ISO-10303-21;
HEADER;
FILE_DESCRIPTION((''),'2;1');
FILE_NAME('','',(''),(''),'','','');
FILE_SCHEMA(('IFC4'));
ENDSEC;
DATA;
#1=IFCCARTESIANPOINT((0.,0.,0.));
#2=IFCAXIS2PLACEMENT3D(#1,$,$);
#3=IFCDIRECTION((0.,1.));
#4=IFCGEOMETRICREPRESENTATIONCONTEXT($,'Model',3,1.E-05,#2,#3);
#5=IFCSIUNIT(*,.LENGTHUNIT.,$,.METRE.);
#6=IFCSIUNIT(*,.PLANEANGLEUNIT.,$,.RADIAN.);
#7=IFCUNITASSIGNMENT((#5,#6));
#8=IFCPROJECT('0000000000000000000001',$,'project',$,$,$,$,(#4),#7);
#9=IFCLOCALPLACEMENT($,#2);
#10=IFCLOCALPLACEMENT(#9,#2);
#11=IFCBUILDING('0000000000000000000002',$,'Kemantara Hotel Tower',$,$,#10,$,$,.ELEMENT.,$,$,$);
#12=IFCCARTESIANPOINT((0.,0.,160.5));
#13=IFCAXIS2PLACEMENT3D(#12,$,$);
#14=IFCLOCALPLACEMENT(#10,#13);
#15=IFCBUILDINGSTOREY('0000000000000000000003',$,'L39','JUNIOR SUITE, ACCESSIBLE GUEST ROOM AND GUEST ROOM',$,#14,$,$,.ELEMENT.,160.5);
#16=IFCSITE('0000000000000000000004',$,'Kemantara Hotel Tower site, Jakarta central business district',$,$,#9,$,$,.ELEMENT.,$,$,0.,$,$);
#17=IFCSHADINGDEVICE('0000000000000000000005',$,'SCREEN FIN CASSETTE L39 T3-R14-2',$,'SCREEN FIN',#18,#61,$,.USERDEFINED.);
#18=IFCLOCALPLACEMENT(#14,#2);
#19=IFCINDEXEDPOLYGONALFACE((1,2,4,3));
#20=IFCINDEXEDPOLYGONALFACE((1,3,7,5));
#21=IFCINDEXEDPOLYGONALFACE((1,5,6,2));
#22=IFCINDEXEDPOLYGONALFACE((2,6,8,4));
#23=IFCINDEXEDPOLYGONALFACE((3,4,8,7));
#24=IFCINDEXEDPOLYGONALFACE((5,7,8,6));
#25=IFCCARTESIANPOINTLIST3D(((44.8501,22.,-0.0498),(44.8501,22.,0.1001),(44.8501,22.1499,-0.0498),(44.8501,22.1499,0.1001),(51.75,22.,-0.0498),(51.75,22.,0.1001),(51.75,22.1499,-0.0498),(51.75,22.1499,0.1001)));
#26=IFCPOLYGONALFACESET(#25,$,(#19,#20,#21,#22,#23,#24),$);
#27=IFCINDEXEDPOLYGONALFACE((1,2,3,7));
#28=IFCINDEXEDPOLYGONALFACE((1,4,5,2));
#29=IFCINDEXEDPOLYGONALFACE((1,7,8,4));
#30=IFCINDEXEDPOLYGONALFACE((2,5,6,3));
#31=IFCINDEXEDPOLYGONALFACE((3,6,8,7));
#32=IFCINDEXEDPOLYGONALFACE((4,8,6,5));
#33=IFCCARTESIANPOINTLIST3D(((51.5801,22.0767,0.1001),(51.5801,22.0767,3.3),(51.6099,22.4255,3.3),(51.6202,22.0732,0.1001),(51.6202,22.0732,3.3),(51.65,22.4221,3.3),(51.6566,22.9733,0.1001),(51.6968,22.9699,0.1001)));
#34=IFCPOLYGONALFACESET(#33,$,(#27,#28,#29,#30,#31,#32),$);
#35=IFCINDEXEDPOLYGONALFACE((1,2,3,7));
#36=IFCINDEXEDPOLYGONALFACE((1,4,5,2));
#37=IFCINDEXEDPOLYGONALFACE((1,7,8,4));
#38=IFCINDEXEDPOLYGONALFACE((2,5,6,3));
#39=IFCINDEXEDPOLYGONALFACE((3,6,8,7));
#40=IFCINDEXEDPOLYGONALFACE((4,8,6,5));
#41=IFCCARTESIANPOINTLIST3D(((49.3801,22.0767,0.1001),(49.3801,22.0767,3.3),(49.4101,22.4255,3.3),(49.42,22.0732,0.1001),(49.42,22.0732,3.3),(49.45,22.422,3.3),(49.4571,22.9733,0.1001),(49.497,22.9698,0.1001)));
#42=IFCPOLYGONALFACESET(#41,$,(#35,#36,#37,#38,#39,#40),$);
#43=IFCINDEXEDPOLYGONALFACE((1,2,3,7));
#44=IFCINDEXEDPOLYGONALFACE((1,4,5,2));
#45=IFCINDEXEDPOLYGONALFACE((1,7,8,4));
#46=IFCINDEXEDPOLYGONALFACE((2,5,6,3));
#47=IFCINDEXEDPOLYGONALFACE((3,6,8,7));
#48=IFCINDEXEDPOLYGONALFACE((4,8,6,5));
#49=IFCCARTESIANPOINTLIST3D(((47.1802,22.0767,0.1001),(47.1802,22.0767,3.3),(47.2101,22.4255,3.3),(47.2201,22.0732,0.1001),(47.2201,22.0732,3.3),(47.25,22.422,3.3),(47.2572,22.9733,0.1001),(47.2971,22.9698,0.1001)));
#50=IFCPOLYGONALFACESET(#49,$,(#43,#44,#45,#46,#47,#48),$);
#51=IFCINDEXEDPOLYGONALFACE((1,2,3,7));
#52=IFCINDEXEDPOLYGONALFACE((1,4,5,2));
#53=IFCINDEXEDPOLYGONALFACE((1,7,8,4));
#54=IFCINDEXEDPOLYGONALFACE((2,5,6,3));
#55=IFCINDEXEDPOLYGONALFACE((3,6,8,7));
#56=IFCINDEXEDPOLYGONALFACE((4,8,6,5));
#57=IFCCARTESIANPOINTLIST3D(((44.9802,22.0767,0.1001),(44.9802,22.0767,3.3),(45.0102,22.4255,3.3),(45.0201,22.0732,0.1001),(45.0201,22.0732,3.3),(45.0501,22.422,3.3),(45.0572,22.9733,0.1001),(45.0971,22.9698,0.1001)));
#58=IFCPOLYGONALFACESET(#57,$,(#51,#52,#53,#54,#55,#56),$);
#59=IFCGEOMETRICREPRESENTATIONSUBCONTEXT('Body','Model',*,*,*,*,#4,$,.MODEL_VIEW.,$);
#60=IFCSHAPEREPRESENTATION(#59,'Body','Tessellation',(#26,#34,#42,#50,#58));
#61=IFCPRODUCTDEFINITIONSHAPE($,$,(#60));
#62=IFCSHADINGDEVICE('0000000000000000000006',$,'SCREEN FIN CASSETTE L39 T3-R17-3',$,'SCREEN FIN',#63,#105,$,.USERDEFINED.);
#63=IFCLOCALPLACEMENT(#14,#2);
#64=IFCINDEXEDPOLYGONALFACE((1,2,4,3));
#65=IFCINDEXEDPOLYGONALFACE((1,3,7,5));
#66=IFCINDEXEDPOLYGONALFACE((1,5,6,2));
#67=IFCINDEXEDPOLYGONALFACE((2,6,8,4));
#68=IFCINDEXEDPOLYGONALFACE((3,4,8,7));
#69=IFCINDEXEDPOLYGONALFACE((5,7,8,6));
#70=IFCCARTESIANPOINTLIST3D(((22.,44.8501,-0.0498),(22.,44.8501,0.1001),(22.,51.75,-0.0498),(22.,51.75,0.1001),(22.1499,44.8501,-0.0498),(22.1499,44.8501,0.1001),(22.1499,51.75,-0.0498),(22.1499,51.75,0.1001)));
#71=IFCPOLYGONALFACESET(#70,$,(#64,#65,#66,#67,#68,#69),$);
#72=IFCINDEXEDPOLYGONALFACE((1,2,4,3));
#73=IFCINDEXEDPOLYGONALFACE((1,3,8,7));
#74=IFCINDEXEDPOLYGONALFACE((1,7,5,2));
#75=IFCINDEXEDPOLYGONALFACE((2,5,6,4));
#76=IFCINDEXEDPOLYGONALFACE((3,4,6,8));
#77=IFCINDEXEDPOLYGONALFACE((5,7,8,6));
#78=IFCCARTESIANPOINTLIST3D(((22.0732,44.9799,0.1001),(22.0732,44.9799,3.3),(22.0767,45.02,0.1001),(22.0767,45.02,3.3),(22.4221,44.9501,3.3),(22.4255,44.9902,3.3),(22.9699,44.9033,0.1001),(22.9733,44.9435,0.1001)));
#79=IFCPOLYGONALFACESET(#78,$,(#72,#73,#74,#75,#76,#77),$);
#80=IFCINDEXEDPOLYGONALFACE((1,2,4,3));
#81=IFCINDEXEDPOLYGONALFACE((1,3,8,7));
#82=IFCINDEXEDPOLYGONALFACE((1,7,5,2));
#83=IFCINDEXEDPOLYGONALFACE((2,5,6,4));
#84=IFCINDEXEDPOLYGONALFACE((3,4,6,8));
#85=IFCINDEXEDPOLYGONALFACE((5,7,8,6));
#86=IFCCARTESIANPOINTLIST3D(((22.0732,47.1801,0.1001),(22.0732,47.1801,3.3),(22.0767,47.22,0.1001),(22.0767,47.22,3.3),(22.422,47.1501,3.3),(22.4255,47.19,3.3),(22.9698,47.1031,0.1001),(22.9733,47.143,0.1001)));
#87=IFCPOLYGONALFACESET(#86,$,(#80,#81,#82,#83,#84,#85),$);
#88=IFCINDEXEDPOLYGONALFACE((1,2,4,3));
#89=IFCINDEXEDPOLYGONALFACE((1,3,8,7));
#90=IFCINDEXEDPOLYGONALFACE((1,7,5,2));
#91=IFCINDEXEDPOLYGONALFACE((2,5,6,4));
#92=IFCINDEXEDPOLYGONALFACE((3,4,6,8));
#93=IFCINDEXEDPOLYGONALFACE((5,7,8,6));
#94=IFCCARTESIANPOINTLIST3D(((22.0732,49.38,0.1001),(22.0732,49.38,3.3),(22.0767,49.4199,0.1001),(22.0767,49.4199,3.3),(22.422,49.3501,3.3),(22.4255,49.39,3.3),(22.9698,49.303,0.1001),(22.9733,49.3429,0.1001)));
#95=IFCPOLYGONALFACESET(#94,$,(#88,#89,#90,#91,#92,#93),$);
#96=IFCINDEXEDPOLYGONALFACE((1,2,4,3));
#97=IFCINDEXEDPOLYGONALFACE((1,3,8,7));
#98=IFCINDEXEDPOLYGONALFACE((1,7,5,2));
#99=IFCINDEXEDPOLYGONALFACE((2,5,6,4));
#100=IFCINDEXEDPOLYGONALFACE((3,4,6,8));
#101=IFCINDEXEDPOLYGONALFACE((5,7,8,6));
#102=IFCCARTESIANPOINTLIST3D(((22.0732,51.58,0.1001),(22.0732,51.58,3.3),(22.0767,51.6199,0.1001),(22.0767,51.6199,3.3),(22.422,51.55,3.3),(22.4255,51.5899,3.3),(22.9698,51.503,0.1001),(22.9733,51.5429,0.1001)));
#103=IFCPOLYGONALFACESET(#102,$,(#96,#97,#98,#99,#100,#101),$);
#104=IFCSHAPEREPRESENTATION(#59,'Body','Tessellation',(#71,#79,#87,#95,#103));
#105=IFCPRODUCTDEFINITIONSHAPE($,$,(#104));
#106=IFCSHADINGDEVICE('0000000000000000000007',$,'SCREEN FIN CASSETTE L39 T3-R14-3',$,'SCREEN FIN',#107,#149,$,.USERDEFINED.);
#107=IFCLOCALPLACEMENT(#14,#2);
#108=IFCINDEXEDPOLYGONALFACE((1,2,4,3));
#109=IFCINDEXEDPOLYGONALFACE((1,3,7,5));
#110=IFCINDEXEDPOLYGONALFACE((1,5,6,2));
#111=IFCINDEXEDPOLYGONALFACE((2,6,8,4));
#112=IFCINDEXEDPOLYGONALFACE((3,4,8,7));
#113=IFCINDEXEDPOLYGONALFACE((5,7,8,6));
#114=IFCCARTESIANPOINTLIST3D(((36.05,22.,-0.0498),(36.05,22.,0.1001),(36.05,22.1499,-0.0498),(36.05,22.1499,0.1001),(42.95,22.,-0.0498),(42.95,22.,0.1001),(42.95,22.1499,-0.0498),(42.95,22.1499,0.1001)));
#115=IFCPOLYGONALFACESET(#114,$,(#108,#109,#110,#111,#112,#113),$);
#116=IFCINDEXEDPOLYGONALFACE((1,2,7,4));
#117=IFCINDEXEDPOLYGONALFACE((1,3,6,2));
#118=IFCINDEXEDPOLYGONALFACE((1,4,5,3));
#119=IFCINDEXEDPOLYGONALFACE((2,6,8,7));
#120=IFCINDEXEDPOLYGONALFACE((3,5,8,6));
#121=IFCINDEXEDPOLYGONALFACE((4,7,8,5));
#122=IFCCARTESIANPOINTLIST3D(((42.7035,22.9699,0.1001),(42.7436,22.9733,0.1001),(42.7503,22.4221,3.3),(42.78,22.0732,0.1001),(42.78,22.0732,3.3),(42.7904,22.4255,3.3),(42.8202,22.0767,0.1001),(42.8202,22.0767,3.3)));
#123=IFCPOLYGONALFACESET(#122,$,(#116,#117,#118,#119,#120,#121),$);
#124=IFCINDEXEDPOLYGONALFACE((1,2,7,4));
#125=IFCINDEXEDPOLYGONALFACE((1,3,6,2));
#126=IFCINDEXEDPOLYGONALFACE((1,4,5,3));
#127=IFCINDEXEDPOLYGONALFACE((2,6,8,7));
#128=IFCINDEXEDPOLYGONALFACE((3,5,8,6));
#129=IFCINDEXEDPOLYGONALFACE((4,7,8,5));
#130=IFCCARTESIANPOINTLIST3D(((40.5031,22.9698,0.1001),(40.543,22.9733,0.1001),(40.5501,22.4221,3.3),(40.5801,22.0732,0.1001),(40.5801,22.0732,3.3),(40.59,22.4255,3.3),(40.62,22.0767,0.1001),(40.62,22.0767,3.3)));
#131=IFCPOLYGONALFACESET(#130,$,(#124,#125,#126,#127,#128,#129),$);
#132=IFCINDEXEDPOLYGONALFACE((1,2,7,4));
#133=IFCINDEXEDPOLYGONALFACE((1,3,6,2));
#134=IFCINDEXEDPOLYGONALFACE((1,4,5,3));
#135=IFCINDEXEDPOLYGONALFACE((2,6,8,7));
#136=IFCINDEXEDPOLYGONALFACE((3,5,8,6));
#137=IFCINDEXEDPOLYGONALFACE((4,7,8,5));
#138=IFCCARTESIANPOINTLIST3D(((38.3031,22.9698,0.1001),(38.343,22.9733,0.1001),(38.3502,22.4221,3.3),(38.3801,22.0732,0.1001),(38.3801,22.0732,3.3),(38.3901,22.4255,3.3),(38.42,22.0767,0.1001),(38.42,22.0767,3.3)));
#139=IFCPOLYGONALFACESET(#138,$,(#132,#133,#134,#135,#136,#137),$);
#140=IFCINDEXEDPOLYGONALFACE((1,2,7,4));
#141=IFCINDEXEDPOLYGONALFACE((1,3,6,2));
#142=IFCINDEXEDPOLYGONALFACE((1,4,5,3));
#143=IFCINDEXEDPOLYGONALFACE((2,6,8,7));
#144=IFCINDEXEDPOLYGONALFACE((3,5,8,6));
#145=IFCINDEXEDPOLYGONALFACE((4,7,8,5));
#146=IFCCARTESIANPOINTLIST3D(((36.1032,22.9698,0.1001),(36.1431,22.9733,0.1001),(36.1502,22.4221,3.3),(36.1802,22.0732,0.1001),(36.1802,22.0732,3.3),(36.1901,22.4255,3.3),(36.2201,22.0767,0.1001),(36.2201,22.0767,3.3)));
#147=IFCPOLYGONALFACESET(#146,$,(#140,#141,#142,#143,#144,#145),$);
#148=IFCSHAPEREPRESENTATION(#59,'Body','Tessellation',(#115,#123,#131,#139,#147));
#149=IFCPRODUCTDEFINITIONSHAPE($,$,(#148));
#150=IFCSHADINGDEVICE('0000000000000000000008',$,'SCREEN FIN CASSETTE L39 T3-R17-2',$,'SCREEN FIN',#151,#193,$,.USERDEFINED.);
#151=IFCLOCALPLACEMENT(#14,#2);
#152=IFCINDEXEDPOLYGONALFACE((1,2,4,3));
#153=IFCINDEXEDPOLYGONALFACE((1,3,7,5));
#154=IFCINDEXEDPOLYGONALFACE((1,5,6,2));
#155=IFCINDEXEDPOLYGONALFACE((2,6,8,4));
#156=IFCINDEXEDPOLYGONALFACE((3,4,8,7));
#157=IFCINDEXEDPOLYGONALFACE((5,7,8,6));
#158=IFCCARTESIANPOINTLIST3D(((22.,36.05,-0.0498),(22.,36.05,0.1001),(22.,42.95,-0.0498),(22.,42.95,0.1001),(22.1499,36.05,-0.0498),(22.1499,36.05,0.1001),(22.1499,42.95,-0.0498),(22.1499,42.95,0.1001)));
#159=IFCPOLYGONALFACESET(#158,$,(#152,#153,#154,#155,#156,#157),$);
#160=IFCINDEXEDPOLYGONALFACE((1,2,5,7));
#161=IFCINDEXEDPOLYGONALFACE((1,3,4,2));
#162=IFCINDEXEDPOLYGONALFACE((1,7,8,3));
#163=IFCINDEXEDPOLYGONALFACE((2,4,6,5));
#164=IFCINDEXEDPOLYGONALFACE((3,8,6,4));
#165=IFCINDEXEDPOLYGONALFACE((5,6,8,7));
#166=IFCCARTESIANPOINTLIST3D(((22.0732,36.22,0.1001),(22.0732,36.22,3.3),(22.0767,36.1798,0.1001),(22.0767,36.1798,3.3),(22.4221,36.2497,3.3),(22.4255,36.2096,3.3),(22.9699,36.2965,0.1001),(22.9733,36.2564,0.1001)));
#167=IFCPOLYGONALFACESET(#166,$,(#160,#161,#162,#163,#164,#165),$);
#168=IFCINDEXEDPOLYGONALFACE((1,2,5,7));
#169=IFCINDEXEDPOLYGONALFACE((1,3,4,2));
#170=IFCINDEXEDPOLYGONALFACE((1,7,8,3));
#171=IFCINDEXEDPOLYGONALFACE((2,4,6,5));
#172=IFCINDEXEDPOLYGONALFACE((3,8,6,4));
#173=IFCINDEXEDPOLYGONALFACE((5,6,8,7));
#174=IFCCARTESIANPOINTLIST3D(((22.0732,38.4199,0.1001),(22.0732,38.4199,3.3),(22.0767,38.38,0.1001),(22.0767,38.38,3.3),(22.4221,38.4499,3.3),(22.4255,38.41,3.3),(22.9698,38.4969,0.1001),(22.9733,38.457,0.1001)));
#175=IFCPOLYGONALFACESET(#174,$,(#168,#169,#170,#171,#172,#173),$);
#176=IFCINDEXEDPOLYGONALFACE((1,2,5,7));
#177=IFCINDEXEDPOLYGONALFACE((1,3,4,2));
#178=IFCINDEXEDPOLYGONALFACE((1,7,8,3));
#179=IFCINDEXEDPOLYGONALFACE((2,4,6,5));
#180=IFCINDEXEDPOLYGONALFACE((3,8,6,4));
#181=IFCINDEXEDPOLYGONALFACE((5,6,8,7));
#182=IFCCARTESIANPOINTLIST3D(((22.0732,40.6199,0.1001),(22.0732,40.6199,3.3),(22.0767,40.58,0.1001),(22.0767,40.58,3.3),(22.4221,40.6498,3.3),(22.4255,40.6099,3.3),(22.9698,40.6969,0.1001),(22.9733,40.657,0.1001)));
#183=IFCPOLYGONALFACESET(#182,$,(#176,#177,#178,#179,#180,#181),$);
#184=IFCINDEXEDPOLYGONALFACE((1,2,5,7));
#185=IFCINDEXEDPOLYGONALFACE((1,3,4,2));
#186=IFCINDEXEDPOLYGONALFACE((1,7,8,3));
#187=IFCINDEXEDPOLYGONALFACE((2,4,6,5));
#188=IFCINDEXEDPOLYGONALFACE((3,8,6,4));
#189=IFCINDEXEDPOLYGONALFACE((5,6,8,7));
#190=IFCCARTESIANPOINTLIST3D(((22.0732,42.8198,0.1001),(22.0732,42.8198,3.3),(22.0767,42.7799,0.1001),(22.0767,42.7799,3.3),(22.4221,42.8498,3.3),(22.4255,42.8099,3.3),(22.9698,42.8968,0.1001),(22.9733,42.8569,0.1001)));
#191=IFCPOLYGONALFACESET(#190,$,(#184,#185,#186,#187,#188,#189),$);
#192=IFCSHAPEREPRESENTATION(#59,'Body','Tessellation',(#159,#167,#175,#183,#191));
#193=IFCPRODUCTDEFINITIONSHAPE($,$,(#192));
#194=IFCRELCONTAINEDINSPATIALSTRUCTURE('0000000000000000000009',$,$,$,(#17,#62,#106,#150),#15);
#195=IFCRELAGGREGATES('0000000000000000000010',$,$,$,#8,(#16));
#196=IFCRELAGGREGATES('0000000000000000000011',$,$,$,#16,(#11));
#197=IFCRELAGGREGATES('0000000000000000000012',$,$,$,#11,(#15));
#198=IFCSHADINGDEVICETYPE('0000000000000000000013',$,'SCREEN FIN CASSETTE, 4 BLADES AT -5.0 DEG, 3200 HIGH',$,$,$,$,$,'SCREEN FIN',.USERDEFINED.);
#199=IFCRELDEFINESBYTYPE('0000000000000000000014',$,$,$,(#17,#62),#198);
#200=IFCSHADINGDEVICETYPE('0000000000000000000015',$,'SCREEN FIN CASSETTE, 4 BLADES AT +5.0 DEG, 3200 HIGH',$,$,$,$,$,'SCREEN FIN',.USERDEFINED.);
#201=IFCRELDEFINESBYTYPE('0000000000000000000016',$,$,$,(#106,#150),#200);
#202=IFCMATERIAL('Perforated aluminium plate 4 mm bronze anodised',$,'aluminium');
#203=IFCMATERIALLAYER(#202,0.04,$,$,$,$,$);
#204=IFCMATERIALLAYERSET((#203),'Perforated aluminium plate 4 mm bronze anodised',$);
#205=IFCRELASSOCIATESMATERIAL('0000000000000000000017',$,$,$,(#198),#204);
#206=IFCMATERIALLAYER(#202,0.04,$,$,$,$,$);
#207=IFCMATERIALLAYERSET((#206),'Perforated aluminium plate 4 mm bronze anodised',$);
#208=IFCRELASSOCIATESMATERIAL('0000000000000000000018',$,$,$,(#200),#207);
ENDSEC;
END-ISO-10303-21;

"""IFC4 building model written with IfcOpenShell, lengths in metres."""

from ifc_helpers import new_model, si_unit, direction, frame, origin, origin_2d, place, context, subcontext, project, spatial, polyline, rectangle, outline, extrude, source, transform, mapped, material, layer, layer_set, type_object, element, save


model = new_model("IFC4")

# Units and contexts
model_context = context("Model", 3, precision=1e-05, world=origin(), true_north=direction((0.0, 1.0)))
body_context = subcontext(model_context, "Body", "Model", "MODEL_VIEW")
ifc_project = project(units=[si_unit("LENGTHUNIT", "METRE"), si_unit("PLANEANGLEUNIT", "RADIAN")], contexts=[model_context])

# Site, building, storey
site_placement = place(None, origin())
site = spatial("IfcSite", under=ifc_project, at=site_placement, Name="Kemantara Hotel Tower site, Jakarta central business district", CompositionType="ELEMENT", RefElevation=0.0)
building_placement = place(site_placement, origin())
building = spatial("IfcBuilding", under=site, at=building_placement, Name="Kemantara Hotel Tower", CompositionType="ELEMENT")
storey_placement = place(building_placement, frame((0.0, 0.0, 160.5)))
storey = spatial("IfcBuildingStorey", under=building, at=storey_placement, Name="L39", Description="JUNIOR SUITE, ACCESSIBLE GUEST ROOM AND GUEST ROOM", CompositionType="ELEMENT", Elevation=160.5)

# Shading devices
ifc_material_1 = material(Name="Perforated aluminium plate 4 mm bronze anodised", Category="aluminium")
ifc_layer_1 = layer(ifc_material_1, 0.04)
ifc_layer_set_1 = layer_set([ifc_layer_1], Name="Perforated aluminium plate 4 mm bronze anodised")
shading_device_type_1 = type_object("IfcShadingDeviceType", Name="SCREEN FIN CASSETTE, 4 BLADES AT -5.0 DEG, 3200 HIGH", ElementType="SCREEN FIN", PredefinedType="USERDEFINED", material=ifc_layer_set_1)
shared_shape_1 = source(origin(), body_context, "Body", "SweptSolid", [
    extrude(rectangle(XDim=6.8999, YDim=0.1499, at=origin_2d()), frame((3.3, -0.075, -0.1499), z_axis=(0.0, 0.0, 1.0), x_axis=(1.0, 0.0, 0.0)), (0.0, 0.0, 1.0), 0.1499),
    extrude(outline(polyline([(0.0, 0.0), (0.8999, 0.0), (0.3501, 3.2), (0.0, 3.2), (0.0, 0.0)])), frame((0.02, -0.0767, 0.0), z_axis=(-0.996376, 0.085056, 0.0), x_axis=(-0.085056, -0.996376, 0.0)), (0.0, 0.0, 1.0), 0.0403),
    extrude(outline(polyline([(0.0, 0.0), (0.8999, 0.0), (0.3501, 3.2), (0.0, 3.2), (0.0, 0.0)])), frame((2.22, -0.0767, 0.0), z_axis=(-0.996332, 0.085575, 0.0), x_axis=(-0.085575, -0.996332, 0.0)), (0.0, 0.0, 1.0), 0.04),
    extrude(outline(polyline([(0.0, 0.0), (0.8999, 0.0), (0.3501, 3.2), (0.0, 3.2), (0.0, 0.0)])), frame((4.4199, -0.0767, 0.0), z_axis=(-0.996332, 0.085575, 0.0), x_axis=(-0.085575, -0.996332, 0.0)), (0.0, 0.0, 1.0), 0.04),
    extrude(outline(polyline([(0.0, 0.0), (0.8999, 0.0), (0.3501, 3.2), (0.0, 3.2), (0.0, 0.0)])), frame((6.6199, -0.0767, 0.0), z_axis=(-0.996332, 0.085575, 0.0), x_axis=(-0.085575, -0.996332, 0.0)), (0.0, 0.0, 1.0), 0.04),
])
for number, where, z_axis, x_axis, name in (
    (1, (51.6001, 22.0, 0.1001), (0.0, 0.0, 1.0), (-1.0, 0.0, 0.0), "SCREEN FIN CASSETTE L39 T3-R14-2"),
    (2, (22.0, 45.0, 0.1001), (0.0, 0.0, 1.0), (0.0, 1.0, 0.0), "SCREEN FIN CASSETTE L39 T3-R17-3"),
):
    element("IfcShadingDevice", number, at=place(storey_placement, frame(where, z_axis=z_axis, x_axis=x_axis)), inside=storey, type_object=shading_device_type_1, Name=name, ObjectType="SCREEN FIN", PredefinedType="USERDEFINED", context=body_context, shape_type="MappedRepresentation", body=[
        mapped(shared_shape_1, transform((0.0, 0.0, 0.0))),
    ])
ifc_layer_2 = layer(ifc_material_1, 0.04)
ifc_layer_set_2 = layer_set([ifc_layer_2], Name="Perforated aluminium plate 4 mm bronze anodised")
shading_device_type_2 = type_object("IfcShadingDeviceType", Name="SCREEN FIN CASSETTE, 4 BLADES AT +5.0 DEG, 3200 HIGH", ElementType="SCREEN FIN", PredefinedType="USERDEFINED", material=ifc_layer_set_2)
shared_shape_2 = source(origin(), body_context, "Body", "SweptSolid", [
    extrude(rectangle(XDim=6.8999, YDim=0.1499, at=origin_2d()), frame((3.3, -0.075, -0.1499), z_axis=(0.0, 0.0, 1.0), x_axis=(1.0, 0.0, 0.0)), (0.0, 0.0, 1.0), 0.1499),
    extrude(outline(polyline([(0.0, 0.0), (0.8999, 0.0), (0.3501, 3.2), (0.0, 3.2), (0.0, 0.0)])), frame((0.02, -0.0732, 0.0), z_axis=(-0.996376, -0.085056, 0.0), x_axis=(0.085056, -0.996376, 0.0)), (0.0, 0.0, 1.0), 0.0403),
    extrude(outline(polyline([(0.0, 0.0), (0.8999, 0.0), (0.3501, 3.2), (0.0, 3.2), (0.0, 0.0)])), frame((2.22, -0.0732, 0.0), z_axis=(-0.996332, -0.085575, 0.0), x_axis=(0.085575, -0.996332, 0.0)), (0.0, 0.0, 1.0), 0.04),
    extrude(outline(polyline([(0.0, 0.0), (0.8999, 0.0), (0.3501, 3.2), (0.0, 3.2), (0.0, 0.0)])), frame((4.4199, -0.0732, 0.0), z_axis=(-0.996332, -0.085575, 0.0), x_axis=(0.085575, -0.996332, 0.0)), (0.0, 0.0, 1.0), 0.04),
    extrude(outline(polyline([(0.0, 0.0), (0.8999, 0.0), (0.3501, 3.2), (0.0, 3.2), (0.0, 0.0)])), frame((6.6199, -0.0732, 0.0), z_axis=(-0.996332, -0.085575, 0.0), x_axis=(0.085575, -0.996332, 0.0)), (0.0, 0.0, 1.0), 0.04),
])
for number, where, z_axis, x_axis, name in (
    (3, (42.8, 22.0, 0.1001), (0.0, 0.0, 1.0), (-1.0, 0.0, 0.0), "SCREEN FIN CASSETTE L39 T3-R14-3"),
    (4, (22.0, 36.2, 0.1001), (0.0, 0.0, 1.0), (0.0, 1.0, 0.0), "SCREEN FIN CASSETTE L39 T3-R17-2"),
):
    element("IfcShadingDevice", number, at=place(storey_placement, frame(where, z_axis=z_axis, x_axis=x_axis)), inside=storey, type_object=shading_device_type_2, Name=name, ObjectType="SCREEN FIN", PredefinedType="USERDEFINED", context=body_context, shape_type="MappedRepresentation", body=[
        mapped(shared_shape_2, transform((0.0, 0.0, 0.0))),
    ])

save(model, "model.ifc")
